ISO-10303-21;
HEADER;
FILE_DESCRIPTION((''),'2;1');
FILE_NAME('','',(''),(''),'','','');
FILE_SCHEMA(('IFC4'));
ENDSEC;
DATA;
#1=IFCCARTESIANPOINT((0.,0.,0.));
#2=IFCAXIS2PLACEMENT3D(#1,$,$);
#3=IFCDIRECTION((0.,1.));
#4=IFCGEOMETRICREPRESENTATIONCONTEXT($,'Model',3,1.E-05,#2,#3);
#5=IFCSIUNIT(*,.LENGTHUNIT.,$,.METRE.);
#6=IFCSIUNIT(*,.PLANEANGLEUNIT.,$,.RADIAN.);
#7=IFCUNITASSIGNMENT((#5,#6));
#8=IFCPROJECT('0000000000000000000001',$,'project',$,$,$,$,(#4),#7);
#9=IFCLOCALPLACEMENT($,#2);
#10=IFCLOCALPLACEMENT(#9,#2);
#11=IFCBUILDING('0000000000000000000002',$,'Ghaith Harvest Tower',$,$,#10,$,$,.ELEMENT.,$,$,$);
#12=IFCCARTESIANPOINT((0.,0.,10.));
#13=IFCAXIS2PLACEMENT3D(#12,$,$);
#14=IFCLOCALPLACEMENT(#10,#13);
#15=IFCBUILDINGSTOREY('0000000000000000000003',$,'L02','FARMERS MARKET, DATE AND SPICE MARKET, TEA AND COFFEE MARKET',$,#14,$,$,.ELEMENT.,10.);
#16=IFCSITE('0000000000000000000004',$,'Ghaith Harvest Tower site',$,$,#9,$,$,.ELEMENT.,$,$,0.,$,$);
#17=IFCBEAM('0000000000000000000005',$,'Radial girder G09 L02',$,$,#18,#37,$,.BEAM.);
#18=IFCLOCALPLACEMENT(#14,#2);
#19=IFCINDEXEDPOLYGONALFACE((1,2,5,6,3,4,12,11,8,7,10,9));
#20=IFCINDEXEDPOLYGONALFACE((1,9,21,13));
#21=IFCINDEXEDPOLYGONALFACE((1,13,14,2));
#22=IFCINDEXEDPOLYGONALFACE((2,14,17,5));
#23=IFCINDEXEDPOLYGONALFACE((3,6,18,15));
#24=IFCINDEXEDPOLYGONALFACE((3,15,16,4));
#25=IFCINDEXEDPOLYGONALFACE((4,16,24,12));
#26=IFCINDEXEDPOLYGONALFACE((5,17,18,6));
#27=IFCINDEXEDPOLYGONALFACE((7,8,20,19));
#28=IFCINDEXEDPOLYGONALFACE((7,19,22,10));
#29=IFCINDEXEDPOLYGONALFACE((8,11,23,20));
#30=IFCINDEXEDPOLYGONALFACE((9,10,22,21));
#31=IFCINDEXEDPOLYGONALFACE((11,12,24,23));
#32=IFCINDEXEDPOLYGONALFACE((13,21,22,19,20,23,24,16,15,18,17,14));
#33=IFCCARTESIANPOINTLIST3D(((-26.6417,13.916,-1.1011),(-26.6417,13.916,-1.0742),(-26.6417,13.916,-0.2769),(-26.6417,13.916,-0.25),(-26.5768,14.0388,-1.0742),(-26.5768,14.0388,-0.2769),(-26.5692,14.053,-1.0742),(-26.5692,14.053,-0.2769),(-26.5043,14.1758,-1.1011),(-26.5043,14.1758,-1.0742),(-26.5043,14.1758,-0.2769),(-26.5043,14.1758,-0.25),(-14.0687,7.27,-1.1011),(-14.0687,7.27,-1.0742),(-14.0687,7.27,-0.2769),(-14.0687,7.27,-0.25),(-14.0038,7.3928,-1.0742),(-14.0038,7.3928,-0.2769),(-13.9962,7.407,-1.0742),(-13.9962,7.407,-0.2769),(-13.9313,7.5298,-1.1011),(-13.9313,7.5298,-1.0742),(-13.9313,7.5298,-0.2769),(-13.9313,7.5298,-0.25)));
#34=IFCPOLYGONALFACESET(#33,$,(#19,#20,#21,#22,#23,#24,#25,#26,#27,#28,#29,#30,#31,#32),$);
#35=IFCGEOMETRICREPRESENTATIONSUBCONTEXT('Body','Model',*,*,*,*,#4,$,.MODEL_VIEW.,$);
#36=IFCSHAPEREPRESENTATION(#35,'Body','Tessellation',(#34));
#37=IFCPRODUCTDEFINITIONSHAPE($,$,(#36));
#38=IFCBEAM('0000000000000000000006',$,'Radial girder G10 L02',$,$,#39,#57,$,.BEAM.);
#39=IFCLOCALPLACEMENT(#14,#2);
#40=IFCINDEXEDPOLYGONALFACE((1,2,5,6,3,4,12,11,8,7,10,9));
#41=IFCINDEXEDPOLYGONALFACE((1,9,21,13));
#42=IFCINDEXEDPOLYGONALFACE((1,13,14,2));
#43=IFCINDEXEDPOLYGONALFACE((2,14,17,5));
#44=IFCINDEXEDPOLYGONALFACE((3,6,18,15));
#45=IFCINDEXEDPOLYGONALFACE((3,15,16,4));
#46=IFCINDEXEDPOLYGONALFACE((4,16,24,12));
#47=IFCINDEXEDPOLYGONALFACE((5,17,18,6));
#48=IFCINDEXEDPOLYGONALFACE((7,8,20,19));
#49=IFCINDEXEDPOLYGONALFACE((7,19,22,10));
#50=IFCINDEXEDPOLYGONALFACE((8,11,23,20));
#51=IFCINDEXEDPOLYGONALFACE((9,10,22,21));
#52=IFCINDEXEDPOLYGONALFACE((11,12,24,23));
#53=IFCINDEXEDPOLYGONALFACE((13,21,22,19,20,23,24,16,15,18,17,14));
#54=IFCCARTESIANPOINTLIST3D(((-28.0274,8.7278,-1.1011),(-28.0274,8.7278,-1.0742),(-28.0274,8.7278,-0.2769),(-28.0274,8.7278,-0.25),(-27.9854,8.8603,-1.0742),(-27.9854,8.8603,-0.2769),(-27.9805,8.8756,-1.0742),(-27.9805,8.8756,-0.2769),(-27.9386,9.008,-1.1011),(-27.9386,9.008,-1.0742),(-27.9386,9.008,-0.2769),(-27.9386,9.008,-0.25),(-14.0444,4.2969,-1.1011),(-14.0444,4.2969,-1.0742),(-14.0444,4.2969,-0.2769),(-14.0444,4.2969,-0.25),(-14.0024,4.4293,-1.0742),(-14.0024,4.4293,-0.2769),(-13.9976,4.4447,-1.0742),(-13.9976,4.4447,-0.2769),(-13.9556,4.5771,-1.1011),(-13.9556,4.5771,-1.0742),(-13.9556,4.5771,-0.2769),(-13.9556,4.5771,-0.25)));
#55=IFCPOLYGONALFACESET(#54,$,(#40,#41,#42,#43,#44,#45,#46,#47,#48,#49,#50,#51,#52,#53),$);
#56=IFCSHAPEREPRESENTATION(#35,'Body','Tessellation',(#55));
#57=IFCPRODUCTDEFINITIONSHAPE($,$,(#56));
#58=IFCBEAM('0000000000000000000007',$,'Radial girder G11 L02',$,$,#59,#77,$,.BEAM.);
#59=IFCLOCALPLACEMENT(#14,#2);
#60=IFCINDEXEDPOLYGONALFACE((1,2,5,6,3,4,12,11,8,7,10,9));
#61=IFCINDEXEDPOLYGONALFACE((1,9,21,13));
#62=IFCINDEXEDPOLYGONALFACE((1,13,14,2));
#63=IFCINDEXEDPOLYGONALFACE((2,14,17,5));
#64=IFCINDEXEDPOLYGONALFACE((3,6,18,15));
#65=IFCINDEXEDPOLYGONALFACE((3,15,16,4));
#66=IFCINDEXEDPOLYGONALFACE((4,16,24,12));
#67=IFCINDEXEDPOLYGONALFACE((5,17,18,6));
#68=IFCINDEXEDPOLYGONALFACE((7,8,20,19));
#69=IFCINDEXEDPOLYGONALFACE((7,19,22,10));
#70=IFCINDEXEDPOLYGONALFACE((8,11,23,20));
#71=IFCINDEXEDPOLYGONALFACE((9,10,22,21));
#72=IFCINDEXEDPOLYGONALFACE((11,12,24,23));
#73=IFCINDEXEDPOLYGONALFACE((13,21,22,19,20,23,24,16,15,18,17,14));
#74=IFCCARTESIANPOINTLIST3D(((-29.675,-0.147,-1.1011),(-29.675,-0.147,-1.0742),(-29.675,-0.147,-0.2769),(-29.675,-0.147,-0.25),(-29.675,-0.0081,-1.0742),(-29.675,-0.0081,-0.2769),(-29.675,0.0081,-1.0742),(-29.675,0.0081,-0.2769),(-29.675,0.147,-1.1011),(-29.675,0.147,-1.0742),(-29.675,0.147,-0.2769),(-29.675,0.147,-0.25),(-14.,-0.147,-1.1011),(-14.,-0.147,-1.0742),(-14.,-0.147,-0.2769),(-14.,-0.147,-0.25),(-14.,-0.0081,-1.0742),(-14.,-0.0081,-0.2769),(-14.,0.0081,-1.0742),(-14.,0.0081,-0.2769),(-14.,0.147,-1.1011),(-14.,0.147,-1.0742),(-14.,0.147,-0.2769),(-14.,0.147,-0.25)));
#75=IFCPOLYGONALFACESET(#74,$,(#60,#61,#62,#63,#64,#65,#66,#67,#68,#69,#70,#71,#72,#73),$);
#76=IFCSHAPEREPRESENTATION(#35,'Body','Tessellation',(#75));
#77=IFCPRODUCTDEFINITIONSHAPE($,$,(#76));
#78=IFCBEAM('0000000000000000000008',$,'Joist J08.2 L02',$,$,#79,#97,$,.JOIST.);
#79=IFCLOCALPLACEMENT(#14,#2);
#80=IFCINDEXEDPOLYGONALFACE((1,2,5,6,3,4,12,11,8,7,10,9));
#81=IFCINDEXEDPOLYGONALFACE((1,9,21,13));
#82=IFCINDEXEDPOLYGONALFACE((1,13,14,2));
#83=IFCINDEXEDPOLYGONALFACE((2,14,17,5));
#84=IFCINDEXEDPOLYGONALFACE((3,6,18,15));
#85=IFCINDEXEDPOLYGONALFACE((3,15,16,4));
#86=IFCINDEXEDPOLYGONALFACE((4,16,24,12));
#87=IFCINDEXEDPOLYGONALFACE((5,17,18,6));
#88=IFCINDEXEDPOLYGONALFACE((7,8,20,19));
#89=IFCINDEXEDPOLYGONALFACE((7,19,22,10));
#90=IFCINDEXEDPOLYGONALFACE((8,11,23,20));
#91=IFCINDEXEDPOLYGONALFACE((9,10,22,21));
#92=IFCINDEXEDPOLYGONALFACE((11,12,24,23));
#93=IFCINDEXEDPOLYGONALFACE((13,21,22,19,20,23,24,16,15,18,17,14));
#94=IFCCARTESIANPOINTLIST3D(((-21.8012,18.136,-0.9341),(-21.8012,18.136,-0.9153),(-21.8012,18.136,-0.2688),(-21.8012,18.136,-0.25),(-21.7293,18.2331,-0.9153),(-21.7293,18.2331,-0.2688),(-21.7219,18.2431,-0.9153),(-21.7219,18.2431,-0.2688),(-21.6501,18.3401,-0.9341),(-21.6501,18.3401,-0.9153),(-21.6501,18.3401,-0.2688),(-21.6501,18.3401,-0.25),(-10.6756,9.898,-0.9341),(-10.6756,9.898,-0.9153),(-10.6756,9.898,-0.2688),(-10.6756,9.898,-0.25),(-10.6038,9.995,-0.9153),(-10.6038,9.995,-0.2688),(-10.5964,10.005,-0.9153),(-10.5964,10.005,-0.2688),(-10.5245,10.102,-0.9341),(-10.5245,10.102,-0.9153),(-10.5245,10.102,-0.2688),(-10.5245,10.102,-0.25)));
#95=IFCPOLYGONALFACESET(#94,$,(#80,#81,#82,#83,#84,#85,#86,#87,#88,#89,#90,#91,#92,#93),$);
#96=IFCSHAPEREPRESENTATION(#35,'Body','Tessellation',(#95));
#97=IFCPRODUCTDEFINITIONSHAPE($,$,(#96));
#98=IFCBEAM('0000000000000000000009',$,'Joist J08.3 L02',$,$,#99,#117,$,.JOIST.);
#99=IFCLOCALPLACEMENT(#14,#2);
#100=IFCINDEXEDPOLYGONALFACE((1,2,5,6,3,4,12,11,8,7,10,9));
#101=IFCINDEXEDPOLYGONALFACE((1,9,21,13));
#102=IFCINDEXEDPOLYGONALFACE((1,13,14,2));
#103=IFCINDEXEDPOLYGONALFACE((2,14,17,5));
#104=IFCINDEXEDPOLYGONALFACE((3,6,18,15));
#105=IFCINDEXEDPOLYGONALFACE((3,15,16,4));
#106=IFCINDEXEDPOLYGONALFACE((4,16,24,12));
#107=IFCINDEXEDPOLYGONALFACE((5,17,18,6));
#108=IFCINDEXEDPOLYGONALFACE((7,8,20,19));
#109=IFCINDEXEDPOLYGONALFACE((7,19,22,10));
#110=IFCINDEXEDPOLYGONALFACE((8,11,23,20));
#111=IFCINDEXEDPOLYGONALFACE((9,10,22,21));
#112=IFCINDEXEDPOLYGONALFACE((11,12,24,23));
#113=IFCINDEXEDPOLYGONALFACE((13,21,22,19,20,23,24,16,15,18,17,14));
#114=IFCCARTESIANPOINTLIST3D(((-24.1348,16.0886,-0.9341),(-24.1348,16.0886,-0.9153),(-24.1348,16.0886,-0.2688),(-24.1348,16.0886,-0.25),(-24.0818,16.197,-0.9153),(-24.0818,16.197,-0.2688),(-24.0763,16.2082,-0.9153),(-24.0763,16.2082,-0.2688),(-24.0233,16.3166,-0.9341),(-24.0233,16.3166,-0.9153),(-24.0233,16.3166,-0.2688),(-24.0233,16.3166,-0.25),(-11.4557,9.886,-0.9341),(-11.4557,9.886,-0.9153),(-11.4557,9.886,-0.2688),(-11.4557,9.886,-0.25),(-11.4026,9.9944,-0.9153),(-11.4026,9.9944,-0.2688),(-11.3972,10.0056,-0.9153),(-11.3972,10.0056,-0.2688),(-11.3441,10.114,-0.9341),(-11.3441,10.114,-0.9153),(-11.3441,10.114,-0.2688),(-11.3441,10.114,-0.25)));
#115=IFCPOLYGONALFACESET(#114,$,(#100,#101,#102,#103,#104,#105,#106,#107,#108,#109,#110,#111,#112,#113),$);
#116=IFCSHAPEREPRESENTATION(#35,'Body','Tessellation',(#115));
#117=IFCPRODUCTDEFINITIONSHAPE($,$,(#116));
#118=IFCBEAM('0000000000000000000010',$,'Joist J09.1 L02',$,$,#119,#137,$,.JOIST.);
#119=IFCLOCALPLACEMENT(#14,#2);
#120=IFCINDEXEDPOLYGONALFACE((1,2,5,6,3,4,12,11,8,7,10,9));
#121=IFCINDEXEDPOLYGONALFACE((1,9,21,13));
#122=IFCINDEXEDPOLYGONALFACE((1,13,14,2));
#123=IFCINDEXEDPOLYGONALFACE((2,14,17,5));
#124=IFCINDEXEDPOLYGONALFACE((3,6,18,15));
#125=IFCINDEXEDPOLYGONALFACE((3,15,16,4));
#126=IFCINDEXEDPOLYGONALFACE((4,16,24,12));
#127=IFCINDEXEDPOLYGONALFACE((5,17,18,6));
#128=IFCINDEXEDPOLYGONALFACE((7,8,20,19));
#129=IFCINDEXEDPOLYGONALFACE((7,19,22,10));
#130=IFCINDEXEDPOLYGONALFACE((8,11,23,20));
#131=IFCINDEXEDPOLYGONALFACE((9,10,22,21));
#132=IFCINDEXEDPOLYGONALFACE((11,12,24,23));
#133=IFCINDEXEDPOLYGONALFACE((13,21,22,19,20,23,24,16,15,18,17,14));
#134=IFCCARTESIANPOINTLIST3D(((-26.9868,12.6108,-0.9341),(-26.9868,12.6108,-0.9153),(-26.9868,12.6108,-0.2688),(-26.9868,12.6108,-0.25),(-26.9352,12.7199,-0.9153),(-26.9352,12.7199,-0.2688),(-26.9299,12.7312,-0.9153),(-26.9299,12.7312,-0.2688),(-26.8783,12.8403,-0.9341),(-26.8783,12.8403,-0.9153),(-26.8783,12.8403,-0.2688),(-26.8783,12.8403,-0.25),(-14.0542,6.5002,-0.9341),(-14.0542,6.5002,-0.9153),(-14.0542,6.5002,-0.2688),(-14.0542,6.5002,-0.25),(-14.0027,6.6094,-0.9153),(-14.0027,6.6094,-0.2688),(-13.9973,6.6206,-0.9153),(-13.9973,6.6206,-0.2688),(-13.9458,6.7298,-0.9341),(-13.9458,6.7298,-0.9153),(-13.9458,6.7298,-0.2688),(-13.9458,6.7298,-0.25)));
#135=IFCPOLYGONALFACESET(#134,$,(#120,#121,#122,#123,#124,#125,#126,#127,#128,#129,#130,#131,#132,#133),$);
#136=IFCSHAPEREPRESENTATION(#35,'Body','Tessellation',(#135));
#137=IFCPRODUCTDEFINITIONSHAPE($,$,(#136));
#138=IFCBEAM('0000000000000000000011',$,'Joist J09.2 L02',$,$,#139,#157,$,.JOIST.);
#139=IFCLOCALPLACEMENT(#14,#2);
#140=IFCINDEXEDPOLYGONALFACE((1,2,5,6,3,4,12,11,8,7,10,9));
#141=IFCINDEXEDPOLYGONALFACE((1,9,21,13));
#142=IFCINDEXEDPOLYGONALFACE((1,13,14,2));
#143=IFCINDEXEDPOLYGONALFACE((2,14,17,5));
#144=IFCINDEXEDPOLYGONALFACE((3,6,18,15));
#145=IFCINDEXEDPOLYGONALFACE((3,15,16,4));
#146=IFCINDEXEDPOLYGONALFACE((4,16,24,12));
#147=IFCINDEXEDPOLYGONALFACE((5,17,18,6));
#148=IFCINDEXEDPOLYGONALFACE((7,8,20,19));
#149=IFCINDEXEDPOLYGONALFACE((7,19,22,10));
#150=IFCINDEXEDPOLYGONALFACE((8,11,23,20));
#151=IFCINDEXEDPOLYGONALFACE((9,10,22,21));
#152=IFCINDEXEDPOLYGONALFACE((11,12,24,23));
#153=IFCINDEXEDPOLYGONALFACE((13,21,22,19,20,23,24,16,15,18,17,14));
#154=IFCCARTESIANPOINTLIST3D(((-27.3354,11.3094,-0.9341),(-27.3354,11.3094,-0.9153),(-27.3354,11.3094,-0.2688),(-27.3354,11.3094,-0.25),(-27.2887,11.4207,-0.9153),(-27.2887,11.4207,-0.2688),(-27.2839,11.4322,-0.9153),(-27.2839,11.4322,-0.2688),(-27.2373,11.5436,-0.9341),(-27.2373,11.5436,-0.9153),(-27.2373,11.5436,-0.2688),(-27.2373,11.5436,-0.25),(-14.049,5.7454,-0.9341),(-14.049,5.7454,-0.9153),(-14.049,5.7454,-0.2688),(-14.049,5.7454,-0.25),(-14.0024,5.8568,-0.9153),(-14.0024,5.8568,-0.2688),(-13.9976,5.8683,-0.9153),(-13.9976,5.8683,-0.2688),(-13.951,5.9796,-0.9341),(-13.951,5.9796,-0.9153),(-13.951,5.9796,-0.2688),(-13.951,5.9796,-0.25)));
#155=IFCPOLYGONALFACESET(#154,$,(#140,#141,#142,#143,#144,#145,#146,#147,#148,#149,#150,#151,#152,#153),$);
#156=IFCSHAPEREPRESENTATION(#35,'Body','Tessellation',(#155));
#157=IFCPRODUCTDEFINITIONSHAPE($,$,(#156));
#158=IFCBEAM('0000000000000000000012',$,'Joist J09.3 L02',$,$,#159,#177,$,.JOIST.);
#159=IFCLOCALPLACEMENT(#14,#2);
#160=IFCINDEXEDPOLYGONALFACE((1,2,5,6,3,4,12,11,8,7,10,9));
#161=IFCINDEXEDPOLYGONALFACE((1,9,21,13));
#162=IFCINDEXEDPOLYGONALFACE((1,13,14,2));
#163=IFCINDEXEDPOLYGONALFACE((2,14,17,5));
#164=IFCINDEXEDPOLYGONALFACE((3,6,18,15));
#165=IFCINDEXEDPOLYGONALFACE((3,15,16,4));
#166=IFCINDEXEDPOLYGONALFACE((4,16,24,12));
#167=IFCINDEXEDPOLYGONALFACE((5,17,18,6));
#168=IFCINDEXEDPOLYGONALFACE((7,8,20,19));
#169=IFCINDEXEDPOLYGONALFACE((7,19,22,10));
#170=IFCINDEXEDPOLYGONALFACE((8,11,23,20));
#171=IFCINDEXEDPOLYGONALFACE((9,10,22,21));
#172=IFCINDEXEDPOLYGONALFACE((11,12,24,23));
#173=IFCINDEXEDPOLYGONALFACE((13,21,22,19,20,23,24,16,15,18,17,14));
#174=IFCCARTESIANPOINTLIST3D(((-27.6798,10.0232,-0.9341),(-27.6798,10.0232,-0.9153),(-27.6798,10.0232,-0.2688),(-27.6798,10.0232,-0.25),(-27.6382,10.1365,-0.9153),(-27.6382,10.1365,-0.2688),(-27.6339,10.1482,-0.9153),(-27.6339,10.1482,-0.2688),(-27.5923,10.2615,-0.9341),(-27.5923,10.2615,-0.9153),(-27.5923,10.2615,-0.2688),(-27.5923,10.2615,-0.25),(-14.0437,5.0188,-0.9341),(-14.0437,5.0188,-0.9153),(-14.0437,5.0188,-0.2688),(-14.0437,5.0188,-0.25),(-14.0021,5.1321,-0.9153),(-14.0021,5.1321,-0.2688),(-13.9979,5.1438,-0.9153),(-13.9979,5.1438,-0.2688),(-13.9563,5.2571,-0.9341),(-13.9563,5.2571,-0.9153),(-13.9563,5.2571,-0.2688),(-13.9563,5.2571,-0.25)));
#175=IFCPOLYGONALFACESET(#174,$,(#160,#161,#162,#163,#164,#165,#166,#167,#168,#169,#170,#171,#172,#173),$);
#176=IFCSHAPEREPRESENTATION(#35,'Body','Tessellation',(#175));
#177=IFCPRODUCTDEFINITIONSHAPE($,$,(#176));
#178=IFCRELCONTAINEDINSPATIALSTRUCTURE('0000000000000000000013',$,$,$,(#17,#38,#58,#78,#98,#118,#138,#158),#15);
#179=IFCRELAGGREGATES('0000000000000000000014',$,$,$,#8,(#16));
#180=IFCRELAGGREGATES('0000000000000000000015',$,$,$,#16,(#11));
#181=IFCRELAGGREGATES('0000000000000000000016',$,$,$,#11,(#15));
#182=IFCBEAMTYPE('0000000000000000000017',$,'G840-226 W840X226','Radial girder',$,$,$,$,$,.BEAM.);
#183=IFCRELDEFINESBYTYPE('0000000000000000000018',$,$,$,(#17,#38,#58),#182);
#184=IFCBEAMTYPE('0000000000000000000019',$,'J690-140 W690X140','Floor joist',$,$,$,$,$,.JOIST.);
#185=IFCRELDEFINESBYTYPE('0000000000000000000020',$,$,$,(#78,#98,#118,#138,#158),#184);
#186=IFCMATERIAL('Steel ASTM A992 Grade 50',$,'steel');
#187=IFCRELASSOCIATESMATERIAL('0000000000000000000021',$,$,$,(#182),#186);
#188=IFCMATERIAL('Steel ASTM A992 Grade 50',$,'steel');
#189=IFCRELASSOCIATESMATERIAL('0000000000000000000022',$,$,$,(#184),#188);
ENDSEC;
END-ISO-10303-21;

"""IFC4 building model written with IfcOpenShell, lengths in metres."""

from ifc_helpers import new_model, si_unit, direction, frame, origin, origin_2d, place, context, subcontext, project, spatial, i_section, extrude, material, material_profile, profile_set, type_object, element, save


model = new_model("IFC4")

# Units and contexts
model_context = context("Model", 3, precision=1e-05, world=origin(), true_north=direction((0.0, 1.0)))
body_context = subcontext(model_context, "Body", "Model", "MODEL_VIEW")
ifc_project = project(units=[si_unit("LENGTHUNIT", "METRE"), si_unit("PLANEANGLEUNIT", "RADIAN")], contexts=[model_context])

# Site, building, storey
site_placement = place(None, origin())
site = spatial("IfcSite", under=ifc_project, at=site_placement, Name="Ghaith Harvest Tower site", CompositionType="ELEMENT", RefElevation=0.0)
building_placement = place(site_placement, origin())
building = spatial("IfcBuilding", under=site, at=building_placement, Name="Ghaith Harvest Tower", CompositionType="ELEMENT")
storey_placement = place(building_placement, frame((0.0, 0.0, 10.0)))
storey = spatial("IfcBuildingStorey", under=building, at=storey_placement, Name="L02", Description="FARMERS MARKET, DATE AND SPICE MARKET, TEA AND COFFEE MARKET", CompositionType="ELEMENT", Elevation=10.0)

# Beams
ifc_material_1 = material(Name="Steel ASTM A992 Grade 50", Category="steel")
ifc_material_profile_1 = material_profile(ifc_material_1, i_section(OverallWidth=0.2939, OverallDepth=0.8511, WebThickness=0.0161, FlangeThickness=0.0269, at=origin_2d()), Name="W840X226")
ifc_profile_set_1 = profile_set([ifc_material_profile_1], Name="Steel ASTM A992 Grade 50")
beam_type_1 = type_object("IfcBeamType", Name="G840-226 W840X226", Description="Radial girder", PredefinedType="BEAM", material=ifc_profile_set_1)
beam_1_placement = place(storey_placement, frame((-14.0, 7.3999, -0.6755), z_axis=(-0.884087, 0.467322, 0.0), x_axis=(-0.467322, -0.884087, 0.0)))
element("IfcBeam", 1, at=beam_1_placement, inside=storey, type_object=beam_type_1, Name="Radial girder G09 L02", PredefinedType="BEAM", context=body_context, shape_type="SweptSolid", body=[
    extrude(i_section(OverallWidth=0.2939, OverallDepth=0.8511, WebThickness=0.0161, FlangeThickness=0.0269, at=origin_2d()), origin(), (0.0, 0.0, 1.0), 14.2214),
])
beam_2_placement = place(storey_placement, frame((-14.0, 4.437, -0.6755), z_axis=(-0.953284, 0.302077, 0.0), x_axis=(-0.302077, -0.953284, 0.0)))
element("IfcBeam", 2, at=beam_2_placement, inside=storey, type_object=beam_type_1, Name="Radial girder G10 L02", PredefinedType="BEAM", context=body_context, shape_type="SweptSolid", body=[
    extrude(i_section(OverallWidth=0.2939, OverallDepth=0.8511, WebThickness=0.0161, FlangeThickness=0.0269, at=origin_2d()), origin(), (0.0, 0.0, 1.0), 14.6682),
])
beam_3_placement = place(storey_placement, frame((-14.0, 0.0, -0.6755), z_axis=(-1.0, 0.0, 0.0), x_axis=(0.0, -1.0, 0.0)))
element("IfcBeam", 3, at=beam_3_placement, inside=storey, type_object=beam_type_1, Name="Radial girder G11 L02", PredefinedType="BEAM", context=body_context, shape_type="SweptSolid", body=[
    extrude(i_section(OverallWidth=0.2939, OverallDepth=0.8511, WebThickness=0.0161, FlangeThickness=0.0269, at=origin_2d()), origin(), (0.0, 0.0, 1.0), 15.675),
])
ifc_material_2 = material(Name="Steel ASTM A992 Grade 50", Category="steel")
ifc_material_profile_2 = material_profile(ifc_material_2, i_section(OverallWidth=0.2539, OverallDepth=0.6841, WebThickness=0.0125, FlangeThickness=0.0188, at=origin_2d()), Name="W690X140")
ifc_profile_set_2 = profile_set([ifc_material_profile_2], Name="Steel ASTM A992 Grade 50")
beam_type_2 = type_object("IfcBeamType", Name="J690-140 W690X140", Description="Floor joist", PredefinedType="JOIST", material=ifc_profile_set_2)
beam_4_placement = place(storey_placement, frame((-10.6001, 10.0, -0.592), z_axis=(-0.803663, 0.595085, 0.0), x_axis=(-0.595085, -0.803663, 0.0)))
element("IfcBeam", 4, at=beam_4_placement, inside=storey, type_object=beam_type_2, Name="Joist J08.2 L02", PredefinedType="JOIST", context=body_context, shape_type="SweptSolid", body=[
    extrude(i_section(OverallWidth=0.2539, OverallDepth=0.6841, WebThickness=0.0125, FlangeThickness=0.0188, at=origin_2d()), origin(), (0.0, 0.0, 1.0), 13.8435),
])
beam_5_placement = place(storey_placement, frame((-11.3999, 10.0, -0.592), z_axis=(-0.898275, 0.439434, 0.0), x_axis=(-0.439434, -0.898275, 0.0)))
element("IfcBeam", 5, at=beam_5_placement, inside=storey, type_object=beam_type_2, Name="Joist J08.3 L02", PredefinedType="JOIST", context=body_context, shape_type="SweptSolid", body=[
    extrude(i_section(OverallWidth=0.2539, OverallDepth=0.6841, WebThickness=0.0125, FlangeThickness=0.0188, at=origin_2d()), origin(), (0.0, 0.0, 1.0), 14.115),
])
beam_6_placement = place(storey_placement, frame((-14.0, 6.615, -0.592), z_axis=(-0.904153, 0.427208, 0.0), x_axis=(-0.427208, -0.904153, 0.0)))
element("IfcBeam", 6, at=beam_6_placement, inside=storey, type_object=beam_type_2, Name="Joist J09.1 L02", PredefinedType="JOIST", context=body_context, shape_type="SweptSolid", body=[
    extrude(i_section(OverallWidth=0.2539, OverallDepth=0.6841, WebThickness=0.0125, FlangeThickness=0.0188, at=origin_2d()), origin(), (0.0, 0.0, 1.0), 14.3035),
])
beam_7_placement = place(storey_placement, frame((-14.0, 5.8625, -0.592), z_axis=(-0.922386, 0.38627, 0.0), x_axis=(-0.38627, -0.922386, 0.0)))
element("IfcBeam", 7, at=beam_7_placement, inside=storey, type_object=beam_type_2, Name="Joist J09.2 L02", PredefinedType="JOIST", context=body_context, shape_type="SweptSolid", body=[
    extrude(i_section(OverallWidth=0.2539, OverallDepth=0.6841, WebThickness=0.0125, FlangeThickness=0.0188, at=origin_2d()), origin(), (0.0, 0.0, 1.0), 14.4043),
])
beam_8_placement = place(storey_placement, frame((-14.0, 5.1379, -0.592), z_axis=(-0.938775, 0.34453, 0.0), x_axis=(-0.34453, -0.938775, 0.0)))
element("IfcBeam", 8, at=beam_8_placement, inside=storey, type_object=beam_type_2, Name="Joist J09.3 L02", PredefinedType="JOIST", context=body_context, shape_type="SweptSolid", body=[
    extrude(i_section(OverallWidth=0.2539, OverallDepth=0.6841, WebThickness=0.0125, FlangeThickness=0.0188, at=origin_2d()), origin(), (0.0, 0.0, 1.0), 14.5254),
])

save(model, "model.ifc")
